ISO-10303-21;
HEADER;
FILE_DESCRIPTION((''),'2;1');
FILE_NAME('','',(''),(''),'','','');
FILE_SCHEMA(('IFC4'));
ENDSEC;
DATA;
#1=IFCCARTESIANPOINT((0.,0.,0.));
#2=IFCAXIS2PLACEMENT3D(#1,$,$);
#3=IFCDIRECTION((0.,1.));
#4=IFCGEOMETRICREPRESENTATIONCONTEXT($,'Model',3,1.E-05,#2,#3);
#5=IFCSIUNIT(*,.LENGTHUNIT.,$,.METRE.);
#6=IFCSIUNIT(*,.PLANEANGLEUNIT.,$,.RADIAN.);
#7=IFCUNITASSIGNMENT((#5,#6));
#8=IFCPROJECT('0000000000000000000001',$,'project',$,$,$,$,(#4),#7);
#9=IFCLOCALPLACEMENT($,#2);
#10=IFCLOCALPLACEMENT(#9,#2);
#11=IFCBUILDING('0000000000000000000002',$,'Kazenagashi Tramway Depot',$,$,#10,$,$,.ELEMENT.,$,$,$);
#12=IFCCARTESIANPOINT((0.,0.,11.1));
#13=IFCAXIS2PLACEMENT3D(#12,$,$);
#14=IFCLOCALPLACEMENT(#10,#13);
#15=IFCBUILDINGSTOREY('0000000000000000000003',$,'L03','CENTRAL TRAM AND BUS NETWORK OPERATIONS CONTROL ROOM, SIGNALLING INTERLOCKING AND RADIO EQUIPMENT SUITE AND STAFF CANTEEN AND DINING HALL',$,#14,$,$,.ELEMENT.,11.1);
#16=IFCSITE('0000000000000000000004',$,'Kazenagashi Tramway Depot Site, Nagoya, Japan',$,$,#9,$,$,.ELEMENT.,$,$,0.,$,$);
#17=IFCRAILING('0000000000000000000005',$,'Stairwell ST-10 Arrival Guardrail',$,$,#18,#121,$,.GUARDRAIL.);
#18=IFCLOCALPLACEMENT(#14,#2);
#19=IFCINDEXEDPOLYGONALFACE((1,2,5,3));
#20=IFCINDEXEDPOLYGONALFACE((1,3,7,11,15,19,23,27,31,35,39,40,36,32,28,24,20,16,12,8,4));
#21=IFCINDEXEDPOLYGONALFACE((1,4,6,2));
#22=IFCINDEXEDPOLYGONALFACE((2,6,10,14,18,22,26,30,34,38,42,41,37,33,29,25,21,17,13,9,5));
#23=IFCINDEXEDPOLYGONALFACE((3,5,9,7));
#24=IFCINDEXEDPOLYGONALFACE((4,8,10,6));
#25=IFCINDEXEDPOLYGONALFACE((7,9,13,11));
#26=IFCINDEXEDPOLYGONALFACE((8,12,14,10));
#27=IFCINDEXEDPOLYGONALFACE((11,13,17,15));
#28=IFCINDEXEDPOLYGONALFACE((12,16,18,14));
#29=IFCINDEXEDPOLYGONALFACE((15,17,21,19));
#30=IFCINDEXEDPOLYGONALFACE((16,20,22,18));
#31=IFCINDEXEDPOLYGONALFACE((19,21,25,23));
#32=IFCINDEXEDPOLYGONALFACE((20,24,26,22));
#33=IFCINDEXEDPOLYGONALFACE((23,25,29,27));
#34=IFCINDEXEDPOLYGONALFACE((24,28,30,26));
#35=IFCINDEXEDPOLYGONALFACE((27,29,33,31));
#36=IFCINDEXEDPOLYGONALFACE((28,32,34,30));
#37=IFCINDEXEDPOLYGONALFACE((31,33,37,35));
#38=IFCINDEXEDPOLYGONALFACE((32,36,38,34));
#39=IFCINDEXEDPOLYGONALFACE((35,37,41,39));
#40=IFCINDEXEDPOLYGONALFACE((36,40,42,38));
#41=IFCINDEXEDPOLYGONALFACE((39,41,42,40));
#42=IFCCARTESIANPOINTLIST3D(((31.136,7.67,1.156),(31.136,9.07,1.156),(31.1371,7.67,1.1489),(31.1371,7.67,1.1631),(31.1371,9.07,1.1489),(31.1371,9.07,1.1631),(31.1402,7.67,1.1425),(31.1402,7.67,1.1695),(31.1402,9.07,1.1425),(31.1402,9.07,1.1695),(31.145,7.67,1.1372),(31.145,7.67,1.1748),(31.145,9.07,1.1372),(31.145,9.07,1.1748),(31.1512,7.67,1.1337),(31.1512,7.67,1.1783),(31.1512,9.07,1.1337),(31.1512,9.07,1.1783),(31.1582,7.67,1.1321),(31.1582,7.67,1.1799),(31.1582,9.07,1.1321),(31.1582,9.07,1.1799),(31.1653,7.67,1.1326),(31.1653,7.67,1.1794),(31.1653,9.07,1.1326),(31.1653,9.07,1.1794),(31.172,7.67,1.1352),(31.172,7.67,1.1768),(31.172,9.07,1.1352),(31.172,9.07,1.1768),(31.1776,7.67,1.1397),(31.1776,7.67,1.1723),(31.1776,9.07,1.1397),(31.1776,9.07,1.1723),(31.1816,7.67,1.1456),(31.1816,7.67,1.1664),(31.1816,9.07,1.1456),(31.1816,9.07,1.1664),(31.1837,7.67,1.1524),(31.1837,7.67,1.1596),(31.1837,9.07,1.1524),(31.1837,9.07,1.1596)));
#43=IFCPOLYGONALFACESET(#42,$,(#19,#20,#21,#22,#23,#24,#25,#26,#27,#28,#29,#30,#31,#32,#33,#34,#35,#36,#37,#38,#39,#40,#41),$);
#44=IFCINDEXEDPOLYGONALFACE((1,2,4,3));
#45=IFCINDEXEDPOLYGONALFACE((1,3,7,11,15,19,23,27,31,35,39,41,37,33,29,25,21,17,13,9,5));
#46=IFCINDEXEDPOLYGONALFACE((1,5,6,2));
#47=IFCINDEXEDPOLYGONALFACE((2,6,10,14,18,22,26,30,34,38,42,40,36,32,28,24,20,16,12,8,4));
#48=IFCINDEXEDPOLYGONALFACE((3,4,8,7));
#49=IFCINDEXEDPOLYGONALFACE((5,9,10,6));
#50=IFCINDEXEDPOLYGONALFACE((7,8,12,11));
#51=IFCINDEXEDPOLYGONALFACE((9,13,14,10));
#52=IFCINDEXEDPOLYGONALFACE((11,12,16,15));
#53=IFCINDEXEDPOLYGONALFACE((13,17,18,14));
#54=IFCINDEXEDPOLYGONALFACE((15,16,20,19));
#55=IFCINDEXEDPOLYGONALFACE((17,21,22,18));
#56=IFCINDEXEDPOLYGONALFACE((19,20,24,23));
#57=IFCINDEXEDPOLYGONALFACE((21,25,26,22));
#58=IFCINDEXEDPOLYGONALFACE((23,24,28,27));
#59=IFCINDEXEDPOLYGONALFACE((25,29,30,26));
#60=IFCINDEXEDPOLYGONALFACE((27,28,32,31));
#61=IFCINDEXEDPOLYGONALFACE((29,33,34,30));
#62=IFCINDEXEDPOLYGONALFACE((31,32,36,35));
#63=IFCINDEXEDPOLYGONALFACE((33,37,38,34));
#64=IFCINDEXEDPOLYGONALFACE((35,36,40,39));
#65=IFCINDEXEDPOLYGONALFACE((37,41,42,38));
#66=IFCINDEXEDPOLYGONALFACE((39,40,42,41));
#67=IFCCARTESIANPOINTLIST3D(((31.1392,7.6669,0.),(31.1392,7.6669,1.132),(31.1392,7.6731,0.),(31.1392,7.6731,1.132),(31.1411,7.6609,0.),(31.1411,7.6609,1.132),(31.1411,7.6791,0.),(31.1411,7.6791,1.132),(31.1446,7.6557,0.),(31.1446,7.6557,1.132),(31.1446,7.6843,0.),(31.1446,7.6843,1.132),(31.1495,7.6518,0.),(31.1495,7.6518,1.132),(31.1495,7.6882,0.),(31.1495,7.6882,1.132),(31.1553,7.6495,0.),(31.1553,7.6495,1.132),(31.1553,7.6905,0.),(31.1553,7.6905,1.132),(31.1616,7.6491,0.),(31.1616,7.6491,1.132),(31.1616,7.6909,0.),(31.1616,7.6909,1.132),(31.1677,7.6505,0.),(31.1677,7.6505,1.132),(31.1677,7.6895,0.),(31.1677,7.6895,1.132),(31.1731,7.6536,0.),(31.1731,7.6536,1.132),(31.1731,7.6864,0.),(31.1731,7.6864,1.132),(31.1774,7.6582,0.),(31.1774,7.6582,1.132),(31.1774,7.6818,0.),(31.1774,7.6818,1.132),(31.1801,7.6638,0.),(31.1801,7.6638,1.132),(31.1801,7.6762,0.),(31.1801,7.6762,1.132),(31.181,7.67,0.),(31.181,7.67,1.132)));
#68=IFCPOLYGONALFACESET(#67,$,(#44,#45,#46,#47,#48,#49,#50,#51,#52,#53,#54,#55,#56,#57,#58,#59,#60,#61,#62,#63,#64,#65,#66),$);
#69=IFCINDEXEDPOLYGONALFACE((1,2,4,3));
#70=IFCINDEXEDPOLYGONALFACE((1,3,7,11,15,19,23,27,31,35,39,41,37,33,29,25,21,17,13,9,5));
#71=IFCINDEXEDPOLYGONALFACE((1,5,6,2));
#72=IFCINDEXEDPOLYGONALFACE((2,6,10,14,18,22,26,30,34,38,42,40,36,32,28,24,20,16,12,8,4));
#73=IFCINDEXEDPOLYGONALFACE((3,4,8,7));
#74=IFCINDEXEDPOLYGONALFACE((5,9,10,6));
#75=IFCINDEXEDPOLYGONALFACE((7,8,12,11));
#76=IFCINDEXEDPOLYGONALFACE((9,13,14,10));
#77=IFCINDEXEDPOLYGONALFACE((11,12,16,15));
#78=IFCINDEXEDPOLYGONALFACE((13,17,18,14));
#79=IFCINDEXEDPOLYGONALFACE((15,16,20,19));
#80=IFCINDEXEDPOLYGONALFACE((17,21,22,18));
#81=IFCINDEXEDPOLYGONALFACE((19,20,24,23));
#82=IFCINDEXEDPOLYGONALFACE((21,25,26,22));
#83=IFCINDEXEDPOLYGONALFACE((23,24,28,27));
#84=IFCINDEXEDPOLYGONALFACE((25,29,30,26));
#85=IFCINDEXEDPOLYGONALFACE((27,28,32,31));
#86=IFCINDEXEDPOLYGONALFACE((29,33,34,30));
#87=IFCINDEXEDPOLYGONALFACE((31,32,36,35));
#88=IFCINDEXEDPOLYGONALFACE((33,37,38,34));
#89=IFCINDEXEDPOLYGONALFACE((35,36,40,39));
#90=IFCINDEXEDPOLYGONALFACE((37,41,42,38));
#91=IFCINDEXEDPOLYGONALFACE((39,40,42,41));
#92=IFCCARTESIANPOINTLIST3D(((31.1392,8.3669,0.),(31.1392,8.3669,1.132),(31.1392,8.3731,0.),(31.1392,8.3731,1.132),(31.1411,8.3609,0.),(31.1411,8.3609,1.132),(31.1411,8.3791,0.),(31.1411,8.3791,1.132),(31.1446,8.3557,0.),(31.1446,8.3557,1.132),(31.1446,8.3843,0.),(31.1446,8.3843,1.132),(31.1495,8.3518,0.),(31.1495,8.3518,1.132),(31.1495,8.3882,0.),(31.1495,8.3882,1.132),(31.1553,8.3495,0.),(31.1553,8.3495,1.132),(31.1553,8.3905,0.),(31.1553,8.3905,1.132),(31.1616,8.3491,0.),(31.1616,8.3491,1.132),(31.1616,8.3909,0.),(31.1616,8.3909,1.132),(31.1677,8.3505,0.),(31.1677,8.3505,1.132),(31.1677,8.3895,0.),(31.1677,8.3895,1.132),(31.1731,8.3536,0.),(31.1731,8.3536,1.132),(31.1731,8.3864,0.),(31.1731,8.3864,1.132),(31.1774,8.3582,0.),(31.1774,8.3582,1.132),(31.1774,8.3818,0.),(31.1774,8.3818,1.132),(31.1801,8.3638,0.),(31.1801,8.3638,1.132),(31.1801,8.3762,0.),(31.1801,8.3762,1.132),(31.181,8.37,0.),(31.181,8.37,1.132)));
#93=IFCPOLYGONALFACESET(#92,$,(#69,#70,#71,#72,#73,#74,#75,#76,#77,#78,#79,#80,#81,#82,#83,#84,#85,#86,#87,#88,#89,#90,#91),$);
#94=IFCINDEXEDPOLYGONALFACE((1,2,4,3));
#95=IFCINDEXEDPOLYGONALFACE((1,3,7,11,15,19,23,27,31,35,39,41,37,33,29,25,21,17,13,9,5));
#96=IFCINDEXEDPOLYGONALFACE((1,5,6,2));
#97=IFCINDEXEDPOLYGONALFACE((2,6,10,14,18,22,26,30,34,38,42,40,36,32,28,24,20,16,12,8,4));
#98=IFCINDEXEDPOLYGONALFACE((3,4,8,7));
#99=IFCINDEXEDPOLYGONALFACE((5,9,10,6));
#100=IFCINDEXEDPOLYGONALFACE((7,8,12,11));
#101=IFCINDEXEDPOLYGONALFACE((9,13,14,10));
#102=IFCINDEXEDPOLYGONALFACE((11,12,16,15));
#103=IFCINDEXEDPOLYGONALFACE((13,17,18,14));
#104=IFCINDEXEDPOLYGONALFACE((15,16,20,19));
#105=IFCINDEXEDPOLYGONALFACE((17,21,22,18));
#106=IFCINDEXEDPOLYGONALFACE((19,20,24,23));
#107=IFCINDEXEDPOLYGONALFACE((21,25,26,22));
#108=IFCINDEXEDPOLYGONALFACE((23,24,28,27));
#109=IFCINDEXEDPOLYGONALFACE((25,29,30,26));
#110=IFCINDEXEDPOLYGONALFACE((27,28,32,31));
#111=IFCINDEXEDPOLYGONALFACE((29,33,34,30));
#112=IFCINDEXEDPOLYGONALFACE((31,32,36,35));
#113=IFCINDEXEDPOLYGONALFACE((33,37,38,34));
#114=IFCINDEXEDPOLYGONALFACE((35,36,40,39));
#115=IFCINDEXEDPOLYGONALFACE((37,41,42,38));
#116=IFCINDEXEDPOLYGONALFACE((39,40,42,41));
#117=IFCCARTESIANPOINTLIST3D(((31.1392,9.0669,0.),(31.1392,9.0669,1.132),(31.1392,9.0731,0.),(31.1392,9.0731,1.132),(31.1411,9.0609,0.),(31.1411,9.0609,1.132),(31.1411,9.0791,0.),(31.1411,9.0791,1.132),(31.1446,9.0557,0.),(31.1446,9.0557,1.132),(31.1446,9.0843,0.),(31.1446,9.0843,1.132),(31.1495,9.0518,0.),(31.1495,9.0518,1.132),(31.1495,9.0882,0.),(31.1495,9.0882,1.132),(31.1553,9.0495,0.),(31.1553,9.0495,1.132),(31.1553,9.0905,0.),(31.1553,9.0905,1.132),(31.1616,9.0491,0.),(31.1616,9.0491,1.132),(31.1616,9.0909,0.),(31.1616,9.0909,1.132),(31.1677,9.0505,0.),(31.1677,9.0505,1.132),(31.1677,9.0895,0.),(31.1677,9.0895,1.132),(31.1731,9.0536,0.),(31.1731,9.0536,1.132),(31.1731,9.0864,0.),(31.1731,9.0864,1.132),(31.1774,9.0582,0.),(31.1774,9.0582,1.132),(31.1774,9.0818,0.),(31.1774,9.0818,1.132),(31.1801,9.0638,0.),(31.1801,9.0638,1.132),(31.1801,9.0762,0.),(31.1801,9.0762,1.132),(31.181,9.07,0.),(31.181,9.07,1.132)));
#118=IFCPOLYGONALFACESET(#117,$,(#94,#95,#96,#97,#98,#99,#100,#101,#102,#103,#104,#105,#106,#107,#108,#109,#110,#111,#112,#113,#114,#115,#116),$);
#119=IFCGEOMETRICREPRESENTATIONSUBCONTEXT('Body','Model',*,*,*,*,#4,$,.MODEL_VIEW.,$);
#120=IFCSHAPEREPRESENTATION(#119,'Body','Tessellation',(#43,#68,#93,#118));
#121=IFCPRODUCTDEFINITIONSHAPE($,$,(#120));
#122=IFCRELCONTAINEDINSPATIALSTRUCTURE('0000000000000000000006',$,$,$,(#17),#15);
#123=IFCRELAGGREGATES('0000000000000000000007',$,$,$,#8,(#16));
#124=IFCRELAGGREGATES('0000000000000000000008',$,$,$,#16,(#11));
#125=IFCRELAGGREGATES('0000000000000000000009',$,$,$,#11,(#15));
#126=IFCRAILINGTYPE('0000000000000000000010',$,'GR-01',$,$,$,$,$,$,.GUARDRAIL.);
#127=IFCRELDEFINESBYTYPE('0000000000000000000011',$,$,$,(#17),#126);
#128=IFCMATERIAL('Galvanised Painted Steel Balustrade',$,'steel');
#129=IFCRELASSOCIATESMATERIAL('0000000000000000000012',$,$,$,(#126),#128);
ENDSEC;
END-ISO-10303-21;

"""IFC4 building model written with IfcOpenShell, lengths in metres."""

from ifc_helpers import new_model, si_unit, direction, frame, origin, origin_2d, place, context, subcontext, project, spatial, circle, extrude, material, type_object, element, save


model = new_model("IFC4")

# Units and contexts
model_context = context("Model", 3, precision=1e-05, world=origin(), true_north=direction((0.0, 1.0)))
body_context = subcontext(model_context, "Body", "Model", "MODEL_VIEW")
ifc_project = project(units=[si_unit("LENGTHUNIT", "METRE"), si_unit("PLANEANGLEUNIT", "RADIAN")], contexts=[model_context])

# Site, building, storey
site_placement = place(None, origin())
site = spatial("IfcSite", under=ifc_project, at=site_placement, Name="Kazenagashi Tramway Depot Site, Nagoya, Japan", CompositionType="ELEMENT", RefElevation=0.0)
building_placement = place(site_placement, origin())
building = spatial("IfcBuilding", under=site, at=building_placement, Name="Kazenagashi Tramway Depot", CompositionType="ELEMENT")
storey_placement = place(building_placement, frame((0.0, 0.0, 11.1)))
storey = spatial("IfcBuildingStorey", under=building, at=storey_placement, Name="L03", Description="CENTRAL TRAM AND BUS NETWORK OPERATIONS CONTROL ROOM, SIGNALLING INTERLOCKING AND RADIO EQUIPMENT SUITE AND STAFF CANTEEN AND DINING HALL", CompositionType="ELEMENT", Elevation=11.1)

# Railing
ifc_material_1 = material(Name="Galvanised Painted Steel Balustrade", Category="steel")
railing_type_1 = type_object("IfcRailingType", Name="GR-01", PredefinedType="GUARDRAIL", material=ifc_material_1)
railing_1_placement = place(storey_placement, frame((31.16, 7.67, 0.0)))
element("IfcRailing", 1, at=railing_1_placement, inside=storey, type_object=railing_type_1, Name="Stairwell ST-10 Arrival Guardrail", PredefinedType="GUARDRAIL", context=body_context, shape_type="SweptSolid", body=[
    extrude(circle(Radius=0.024, at=origin_2d()), frame((0.0, 0.0, 1.156), z_axis=(0.0, 1.0, 0.0), x_axis=(-1.0, 0.0, 0.0)), (0.0, 0.0, 1.0), 1.4),
    extrude(circle(Radius=0.021, at=origin_2d()), origin(), (0.0, 0.0, 1.0), 1.132),
    extrude(circle(Radius=0.021, at=origin_2d()), frame((0.0, 0.7, 0.0)), (0.0, 0.0, 1.0), 1.132),
    extrude(circle(Radius=0.021, at=origin_2d()), frame((0.0, 1.4, 0.0)), (0.0, 0.0, 1.0), 1.132),
])

save(model, "model.ifc")
